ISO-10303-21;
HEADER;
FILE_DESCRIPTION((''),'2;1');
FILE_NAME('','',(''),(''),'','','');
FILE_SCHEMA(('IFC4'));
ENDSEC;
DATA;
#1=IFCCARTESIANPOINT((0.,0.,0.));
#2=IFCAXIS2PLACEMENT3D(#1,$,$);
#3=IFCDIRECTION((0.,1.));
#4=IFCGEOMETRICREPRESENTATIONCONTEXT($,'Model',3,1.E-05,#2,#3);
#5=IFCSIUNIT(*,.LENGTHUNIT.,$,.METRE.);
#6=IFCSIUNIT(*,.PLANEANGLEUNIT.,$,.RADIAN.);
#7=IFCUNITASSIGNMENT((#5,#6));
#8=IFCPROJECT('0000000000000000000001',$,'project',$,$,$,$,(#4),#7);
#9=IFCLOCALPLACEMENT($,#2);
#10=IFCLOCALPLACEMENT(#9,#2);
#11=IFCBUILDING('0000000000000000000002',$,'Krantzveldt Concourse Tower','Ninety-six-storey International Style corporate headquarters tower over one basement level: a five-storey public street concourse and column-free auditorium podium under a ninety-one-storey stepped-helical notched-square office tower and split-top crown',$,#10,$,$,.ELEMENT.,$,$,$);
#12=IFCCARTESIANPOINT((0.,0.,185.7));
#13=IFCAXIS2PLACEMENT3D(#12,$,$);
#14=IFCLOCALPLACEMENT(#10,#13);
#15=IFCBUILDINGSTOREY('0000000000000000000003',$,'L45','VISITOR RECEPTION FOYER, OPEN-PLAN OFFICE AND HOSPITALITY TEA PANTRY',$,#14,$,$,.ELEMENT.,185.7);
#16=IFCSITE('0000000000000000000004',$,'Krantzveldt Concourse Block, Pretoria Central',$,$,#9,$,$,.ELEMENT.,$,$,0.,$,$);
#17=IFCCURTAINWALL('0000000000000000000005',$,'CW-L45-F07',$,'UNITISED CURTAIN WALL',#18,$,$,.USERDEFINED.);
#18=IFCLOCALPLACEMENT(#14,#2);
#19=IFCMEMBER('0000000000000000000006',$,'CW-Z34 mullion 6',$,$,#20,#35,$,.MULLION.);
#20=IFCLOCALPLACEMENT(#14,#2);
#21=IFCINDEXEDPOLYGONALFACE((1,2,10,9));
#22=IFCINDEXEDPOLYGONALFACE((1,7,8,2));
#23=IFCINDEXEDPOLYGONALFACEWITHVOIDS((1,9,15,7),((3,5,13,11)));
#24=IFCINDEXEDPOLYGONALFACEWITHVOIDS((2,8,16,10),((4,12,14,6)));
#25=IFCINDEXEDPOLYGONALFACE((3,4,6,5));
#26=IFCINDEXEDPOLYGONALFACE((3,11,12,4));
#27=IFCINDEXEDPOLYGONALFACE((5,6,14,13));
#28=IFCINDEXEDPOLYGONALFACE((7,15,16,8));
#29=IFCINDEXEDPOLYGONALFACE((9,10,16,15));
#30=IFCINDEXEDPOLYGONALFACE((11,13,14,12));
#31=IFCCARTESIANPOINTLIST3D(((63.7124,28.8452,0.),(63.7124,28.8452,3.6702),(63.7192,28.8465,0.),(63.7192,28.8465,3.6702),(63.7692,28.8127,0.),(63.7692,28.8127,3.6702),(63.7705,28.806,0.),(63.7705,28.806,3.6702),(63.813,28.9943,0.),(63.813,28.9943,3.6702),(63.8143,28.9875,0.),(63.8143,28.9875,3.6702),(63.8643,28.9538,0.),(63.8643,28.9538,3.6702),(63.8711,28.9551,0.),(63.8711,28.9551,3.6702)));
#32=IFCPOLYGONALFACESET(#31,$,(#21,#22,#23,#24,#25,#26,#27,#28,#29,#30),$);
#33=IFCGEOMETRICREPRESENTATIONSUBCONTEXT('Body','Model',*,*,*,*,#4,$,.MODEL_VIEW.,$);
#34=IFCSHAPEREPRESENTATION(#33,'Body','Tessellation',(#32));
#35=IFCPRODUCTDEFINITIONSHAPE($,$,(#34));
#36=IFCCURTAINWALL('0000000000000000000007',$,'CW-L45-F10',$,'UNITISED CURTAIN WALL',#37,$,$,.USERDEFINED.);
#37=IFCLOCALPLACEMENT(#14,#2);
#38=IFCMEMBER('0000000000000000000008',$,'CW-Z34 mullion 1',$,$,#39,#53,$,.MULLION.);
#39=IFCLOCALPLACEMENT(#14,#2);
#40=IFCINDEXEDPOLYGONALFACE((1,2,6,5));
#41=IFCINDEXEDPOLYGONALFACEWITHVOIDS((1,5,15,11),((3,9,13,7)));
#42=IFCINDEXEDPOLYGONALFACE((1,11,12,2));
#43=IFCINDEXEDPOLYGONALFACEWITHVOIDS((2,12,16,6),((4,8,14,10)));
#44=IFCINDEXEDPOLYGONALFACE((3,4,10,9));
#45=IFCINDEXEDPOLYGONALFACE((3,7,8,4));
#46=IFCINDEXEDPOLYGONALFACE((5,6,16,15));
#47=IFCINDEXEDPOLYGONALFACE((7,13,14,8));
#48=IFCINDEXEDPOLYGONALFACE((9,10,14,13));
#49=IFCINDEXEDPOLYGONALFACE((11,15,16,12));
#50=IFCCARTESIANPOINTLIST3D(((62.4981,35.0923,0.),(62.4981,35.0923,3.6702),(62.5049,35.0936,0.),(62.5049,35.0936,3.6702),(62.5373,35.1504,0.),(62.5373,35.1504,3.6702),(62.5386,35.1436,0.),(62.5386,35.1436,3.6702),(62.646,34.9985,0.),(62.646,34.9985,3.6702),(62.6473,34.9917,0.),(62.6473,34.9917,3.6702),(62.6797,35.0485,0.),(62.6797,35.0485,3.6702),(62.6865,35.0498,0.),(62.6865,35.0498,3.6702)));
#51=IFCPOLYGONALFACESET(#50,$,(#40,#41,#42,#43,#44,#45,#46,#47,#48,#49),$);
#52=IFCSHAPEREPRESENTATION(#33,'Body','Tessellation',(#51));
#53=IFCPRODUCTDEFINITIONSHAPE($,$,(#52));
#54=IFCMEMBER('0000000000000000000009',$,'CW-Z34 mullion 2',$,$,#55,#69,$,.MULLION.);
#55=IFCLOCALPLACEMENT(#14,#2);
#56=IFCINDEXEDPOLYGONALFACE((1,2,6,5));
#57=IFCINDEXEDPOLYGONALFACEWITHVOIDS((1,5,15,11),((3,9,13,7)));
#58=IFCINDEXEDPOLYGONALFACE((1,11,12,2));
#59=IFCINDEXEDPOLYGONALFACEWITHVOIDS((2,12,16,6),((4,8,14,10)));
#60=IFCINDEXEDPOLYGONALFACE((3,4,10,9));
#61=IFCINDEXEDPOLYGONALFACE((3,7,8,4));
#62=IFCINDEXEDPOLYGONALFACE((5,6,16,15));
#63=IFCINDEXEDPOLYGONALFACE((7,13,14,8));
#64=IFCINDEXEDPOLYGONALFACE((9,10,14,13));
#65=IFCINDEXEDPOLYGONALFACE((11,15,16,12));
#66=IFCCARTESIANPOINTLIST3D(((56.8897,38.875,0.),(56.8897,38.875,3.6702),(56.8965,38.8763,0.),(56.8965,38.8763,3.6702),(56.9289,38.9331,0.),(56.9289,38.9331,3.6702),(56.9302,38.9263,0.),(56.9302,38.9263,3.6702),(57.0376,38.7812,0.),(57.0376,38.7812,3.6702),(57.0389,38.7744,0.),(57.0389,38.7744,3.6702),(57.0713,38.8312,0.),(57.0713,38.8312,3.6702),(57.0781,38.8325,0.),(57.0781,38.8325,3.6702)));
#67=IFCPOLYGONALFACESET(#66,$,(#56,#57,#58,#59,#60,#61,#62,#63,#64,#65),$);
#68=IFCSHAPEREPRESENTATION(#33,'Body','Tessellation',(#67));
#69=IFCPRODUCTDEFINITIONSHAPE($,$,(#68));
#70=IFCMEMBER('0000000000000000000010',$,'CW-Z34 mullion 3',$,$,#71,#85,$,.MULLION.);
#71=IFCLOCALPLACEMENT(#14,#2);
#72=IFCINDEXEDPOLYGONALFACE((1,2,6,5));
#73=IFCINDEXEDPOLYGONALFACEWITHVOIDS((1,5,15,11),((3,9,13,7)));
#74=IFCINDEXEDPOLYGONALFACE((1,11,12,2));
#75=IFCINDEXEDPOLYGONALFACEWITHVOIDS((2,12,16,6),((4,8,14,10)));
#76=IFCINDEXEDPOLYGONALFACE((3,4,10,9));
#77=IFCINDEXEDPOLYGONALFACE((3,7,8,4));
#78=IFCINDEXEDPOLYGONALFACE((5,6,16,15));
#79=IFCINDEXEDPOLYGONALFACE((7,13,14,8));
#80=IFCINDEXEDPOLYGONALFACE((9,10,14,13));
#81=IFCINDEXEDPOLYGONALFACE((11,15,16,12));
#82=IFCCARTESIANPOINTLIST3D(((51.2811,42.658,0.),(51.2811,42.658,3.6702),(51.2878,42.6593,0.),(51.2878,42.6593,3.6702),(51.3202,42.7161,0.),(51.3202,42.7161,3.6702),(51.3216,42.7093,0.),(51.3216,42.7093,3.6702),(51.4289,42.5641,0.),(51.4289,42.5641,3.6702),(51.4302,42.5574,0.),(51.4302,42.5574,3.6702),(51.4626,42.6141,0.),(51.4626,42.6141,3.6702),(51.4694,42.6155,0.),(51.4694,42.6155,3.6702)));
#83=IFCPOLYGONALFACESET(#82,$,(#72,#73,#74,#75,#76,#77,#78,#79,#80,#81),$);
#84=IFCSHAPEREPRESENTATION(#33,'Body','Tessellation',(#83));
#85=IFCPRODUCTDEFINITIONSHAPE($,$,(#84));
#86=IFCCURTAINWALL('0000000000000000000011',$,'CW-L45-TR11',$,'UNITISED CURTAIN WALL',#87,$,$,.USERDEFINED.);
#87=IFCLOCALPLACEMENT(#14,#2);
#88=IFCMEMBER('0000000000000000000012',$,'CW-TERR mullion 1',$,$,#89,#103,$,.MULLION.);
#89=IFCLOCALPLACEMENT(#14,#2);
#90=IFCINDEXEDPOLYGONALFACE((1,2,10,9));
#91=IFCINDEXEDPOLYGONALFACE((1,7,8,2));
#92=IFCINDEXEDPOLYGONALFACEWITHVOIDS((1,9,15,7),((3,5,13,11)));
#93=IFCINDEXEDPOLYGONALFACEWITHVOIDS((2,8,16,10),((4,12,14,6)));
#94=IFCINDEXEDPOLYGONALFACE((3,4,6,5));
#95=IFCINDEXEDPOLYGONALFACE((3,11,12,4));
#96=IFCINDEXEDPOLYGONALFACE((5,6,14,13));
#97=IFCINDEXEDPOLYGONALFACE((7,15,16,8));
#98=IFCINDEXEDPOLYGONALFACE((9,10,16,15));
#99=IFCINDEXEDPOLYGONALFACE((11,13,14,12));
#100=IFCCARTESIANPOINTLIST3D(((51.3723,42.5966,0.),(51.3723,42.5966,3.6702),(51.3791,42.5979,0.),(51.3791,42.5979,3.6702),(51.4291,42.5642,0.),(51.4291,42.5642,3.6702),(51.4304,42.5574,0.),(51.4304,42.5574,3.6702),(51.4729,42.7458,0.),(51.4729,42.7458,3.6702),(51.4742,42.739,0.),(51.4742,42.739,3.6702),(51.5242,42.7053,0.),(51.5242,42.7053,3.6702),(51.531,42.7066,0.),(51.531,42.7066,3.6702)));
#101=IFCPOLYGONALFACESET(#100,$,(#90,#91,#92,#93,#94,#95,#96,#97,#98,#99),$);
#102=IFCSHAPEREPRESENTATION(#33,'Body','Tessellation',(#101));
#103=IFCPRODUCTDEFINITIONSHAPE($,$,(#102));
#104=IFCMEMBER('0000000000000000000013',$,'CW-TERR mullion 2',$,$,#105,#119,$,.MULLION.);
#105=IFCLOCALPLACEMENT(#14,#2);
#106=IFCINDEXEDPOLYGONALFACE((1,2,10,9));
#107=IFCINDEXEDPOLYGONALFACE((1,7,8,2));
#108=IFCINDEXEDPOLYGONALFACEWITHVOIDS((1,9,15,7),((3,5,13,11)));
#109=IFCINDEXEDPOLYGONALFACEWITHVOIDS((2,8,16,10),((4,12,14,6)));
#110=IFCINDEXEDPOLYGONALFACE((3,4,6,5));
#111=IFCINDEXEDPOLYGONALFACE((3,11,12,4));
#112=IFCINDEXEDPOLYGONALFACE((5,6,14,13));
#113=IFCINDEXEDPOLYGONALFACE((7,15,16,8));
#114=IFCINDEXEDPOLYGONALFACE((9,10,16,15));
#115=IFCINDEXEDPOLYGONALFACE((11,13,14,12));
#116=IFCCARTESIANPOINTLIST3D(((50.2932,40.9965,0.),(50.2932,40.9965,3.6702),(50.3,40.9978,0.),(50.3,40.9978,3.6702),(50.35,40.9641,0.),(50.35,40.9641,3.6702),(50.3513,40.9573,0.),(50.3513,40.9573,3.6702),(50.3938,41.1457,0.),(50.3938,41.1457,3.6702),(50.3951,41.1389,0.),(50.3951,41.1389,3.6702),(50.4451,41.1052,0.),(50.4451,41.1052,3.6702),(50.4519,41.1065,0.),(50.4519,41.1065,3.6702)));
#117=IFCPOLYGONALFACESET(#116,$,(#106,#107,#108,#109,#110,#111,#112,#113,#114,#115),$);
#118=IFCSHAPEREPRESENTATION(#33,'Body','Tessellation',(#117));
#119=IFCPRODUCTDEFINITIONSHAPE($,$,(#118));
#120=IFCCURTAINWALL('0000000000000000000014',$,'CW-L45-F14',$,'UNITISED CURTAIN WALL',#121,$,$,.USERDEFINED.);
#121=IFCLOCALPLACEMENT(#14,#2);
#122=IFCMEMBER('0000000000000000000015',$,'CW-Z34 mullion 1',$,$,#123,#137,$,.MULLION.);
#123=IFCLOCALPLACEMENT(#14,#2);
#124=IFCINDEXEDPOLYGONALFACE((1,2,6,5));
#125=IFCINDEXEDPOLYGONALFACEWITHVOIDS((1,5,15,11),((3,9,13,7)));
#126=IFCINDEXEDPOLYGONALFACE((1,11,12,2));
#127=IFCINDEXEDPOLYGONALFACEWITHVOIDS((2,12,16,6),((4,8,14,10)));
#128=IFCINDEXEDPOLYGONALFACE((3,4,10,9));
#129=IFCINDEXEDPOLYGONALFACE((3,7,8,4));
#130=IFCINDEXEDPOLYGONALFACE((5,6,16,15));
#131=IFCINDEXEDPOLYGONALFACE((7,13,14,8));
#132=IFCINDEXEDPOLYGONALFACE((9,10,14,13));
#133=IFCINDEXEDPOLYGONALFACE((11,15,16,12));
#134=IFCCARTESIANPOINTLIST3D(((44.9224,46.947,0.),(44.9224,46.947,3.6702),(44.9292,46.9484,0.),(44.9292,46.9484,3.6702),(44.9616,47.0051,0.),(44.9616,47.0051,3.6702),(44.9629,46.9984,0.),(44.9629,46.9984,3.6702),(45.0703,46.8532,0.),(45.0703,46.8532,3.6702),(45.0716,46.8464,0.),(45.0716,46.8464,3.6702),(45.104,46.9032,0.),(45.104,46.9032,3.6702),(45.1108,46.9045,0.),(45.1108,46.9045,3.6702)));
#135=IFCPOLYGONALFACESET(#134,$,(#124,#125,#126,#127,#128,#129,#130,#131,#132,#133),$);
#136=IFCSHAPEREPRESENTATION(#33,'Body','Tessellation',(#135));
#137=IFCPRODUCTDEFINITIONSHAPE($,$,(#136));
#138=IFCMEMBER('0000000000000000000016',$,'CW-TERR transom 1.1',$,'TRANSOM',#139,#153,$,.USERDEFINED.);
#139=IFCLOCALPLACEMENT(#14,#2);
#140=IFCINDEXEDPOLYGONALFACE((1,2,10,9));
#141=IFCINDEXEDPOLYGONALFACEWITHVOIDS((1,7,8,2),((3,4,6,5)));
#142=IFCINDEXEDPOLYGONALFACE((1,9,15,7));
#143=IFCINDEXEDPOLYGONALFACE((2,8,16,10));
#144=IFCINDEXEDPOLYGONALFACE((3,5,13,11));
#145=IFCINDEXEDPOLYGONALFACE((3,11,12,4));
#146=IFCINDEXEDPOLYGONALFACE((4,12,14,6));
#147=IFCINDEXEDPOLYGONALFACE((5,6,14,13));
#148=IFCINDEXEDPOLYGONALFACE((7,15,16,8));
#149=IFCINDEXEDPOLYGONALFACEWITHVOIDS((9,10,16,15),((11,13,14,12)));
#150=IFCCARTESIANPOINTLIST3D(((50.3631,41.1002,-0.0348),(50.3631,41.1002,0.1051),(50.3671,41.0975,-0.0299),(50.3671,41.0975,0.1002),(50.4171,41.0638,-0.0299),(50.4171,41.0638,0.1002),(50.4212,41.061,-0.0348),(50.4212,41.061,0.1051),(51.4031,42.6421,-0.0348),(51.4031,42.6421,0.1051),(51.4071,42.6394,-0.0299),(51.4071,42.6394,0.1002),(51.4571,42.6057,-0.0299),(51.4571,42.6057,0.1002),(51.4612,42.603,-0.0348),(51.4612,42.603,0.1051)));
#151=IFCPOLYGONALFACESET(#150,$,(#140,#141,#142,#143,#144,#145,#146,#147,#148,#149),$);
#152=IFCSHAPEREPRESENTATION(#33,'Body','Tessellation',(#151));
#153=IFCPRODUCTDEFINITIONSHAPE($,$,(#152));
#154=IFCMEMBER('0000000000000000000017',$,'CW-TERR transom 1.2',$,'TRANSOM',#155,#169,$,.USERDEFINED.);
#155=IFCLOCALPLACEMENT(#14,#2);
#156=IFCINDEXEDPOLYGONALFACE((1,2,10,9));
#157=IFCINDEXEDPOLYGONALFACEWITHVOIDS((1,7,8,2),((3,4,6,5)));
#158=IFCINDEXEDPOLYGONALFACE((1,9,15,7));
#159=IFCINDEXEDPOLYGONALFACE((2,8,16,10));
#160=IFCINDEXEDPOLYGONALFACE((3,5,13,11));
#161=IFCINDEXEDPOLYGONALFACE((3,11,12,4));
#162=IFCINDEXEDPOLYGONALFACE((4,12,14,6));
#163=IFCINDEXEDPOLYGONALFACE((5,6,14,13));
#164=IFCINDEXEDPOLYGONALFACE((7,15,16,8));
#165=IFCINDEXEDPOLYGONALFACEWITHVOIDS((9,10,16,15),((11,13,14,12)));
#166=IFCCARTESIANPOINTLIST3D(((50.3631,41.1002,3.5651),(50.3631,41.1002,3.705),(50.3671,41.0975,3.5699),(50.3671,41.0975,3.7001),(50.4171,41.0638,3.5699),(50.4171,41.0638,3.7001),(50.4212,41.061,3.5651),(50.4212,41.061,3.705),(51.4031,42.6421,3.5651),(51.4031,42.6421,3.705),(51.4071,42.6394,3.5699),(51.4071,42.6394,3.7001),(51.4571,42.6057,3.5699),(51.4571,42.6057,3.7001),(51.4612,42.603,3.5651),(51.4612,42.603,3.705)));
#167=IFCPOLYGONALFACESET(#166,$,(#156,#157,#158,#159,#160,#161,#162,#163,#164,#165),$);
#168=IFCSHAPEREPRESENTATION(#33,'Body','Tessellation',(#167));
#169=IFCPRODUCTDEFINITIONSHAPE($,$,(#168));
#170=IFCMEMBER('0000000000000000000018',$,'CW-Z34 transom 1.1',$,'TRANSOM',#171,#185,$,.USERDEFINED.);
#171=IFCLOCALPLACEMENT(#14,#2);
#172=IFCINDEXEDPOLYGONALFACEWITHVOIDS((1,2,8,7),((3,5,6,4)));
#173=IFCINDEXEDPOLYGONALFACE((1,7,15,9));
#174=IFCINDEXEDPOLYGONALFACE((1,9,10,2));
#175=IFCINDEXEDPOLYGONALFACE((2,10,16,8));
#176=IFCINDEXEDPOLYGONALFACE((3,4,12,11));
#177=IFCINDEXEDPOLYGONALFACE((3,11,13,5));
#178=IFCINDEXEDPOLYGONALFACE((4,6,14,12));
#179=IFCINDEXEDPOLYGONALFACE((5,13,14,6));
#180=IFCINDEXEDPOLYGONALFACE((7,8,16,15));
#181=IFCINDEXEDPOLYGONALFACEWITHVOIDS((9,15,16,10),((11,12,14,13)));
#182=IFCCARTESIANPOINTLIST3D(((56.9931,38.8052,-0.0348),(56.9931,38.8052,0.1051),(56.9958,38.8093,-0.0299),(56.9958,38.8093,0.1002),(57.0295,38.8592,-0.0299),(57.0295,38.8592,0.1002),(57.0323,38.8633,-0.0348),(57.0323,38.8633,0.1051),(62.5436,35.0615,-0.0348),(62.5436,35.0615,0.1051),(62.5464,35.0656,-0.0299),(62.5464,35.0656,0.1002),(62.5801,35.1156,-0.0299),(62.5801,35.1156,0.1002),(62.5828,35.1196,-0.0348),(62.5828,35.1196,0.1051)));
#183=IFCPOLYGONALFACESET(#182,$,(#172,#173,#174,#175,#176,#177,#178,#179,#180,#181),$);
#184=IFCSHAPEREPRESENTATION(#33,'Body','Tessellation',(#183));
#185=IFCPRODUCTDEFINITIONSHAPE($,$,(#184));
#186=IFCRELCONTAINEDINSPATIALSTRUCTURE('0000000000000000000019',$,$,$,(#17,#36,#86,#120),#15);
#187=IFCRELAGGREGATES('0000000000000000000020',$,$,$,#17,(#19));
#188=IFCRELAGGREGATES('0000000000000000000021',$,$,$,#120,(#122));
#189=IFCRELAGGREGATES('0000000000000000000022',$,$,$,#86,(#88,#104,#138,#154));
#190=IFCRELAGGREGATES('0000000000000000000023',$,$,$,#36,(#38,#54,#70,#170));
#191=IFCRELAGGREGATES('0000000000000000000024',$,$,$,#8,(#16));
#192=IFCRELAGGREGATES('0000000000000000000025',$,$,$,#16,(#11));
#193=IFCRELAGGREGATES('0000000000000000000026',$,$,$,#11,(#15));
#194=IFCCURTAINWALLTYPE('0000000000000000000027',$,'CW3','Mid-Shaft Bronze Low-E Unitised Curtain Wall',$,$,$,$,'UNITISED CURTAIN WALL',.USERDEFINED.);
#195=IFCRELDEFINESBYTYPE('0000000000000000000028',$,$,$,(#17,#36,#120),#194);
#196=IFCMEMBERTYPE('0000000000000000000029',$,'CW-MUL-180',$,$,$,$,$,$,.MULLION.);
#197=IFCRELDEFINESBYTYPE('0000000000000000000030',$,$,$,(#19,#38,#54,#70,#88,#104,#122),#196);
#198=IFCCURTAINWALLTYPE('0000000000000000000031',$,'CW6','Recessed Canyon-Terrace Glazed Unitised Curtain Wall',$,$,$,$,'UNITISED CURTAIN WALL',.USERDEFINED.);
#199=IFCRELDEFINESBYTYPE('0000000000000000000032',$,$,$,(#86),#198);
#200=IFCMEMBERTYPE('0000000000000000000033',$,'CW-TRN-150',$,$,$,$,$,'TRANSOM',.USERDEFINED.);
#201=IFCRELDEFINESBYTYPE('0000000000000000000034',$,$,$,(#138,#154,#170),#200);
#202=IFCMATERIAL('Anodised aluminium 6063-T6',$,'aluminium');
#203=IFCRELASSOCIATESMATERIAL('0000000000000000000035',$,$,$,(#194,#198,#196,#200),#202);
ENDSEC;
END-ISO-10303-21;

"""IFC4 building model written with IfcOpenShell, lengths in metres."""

from ifc_helpers import new_model, si_unit, direction, frame, origin, origin_2d, place, context, subcontext, project, spatial, hollow_rectangle, extrude, source, transform, mapped, material, material_profile, profile_set, type_object, type_shapes, element, aggregate, save


model = new_model("IFC4")

# Units and contexts
model_context = context("Model", 3, precision=1e-05, world=origin(), true_north=direction((0.0, 1.0)))
body_context = subcontext(model_context, "Body", "Model", "MODEL_VIEW")
ifc_project = project(units=[si_unit("LENGTHUNIT", "METRE"), si_unit("PLANEANGLEUNIT", "RADIAN")], contexts=[model_context])

# Site, building, storey
site_placement = place(None, origin())
site = spatial("IfcSite", under=ifc_project, at=site_placement, Name="Krantzveldt Concourse Block, Pretoria Central", CompositionType="ELEMENT", RefElevation=0.0)
building_placement = place(site_placement, origin())
building = spatial("IfcBuilding", under=site, at=building_placement, Name="Krantzveldt Concourse Tower", Description="Ninety-six-storey International Style corporate headquarters tower over one basement level: a five-storey public street concourse and column-free auditorium podium under a ninety-one-storey stepped-helical notched-square office tower and split-top crown", CompositionType="ELEMENT")
storey_placement = place(building_placement, frame((0.0, 0.0, 185.7)))
storey = spatial("IfcBuildingStorey", under=building, at=storey_placement, Name="L45", Description="VISITOR RECEPTION FOYER, OPEN-PLAN OFFICE AND HOSPITALITY TEA PANTRY", CompositionType="ELEMENT", Elevation=185.7)

# Curtain wall, member
ifc_material_1 = material(Name="Anodised aluminium 6063-T6", Category="aluminium")
curtain_wall_type_1 = type_object("IfcCurtainWallType", Name="CW3", Description="Mid-Shaft Bronze Low-E Unitised Curtain Wall", ElementType="UNITISED CURTAIN WALL", PredefinedType="USERDEFINED", material=ifc_material_1)
curtain_wall_1_placement = place(storey_placement, origin())
curtain_wall_1 = element("IfcCurtainWall", 1, at=curtain_wall_1_placement, inside=storey, type_object=curtain_wall_type_1, Name="CW-L45-F07", ObjectType="UNITISED CURTAIN WALL", PredefinedType="USERDEFINED")
ifc_material_profile_1 = material_profile(ifc_material_1, hollow_rectangle(XDim=0.0701, YDim=0.1799, WallThickness=0.0049, at=origin_2d()), Name="Anodised aluminium 6063-T6", Category="aluminium")
ifc_profile_set_1 = profile_set([ifc_material_profile_1], Name="Anodised aluminium 6063-T6 - ALU-MULL 180x70x5")
member_type_1 = type_object("IfcMemberType", Name="CW-MUL-180", PredefinedType="MULLION", material=ifc_profile_set_1)
shared_shape_1 = source(origin(), body_context, "Body", "SweptSolid", [
    extrude(hollow_rectangle(XDim=0.0701, YDim=0.1799, WallThickness=0.0049, at=origin_2d()), origin(), (0.0, 0.0, 1.0), 3.6702),
])
type_shapes(member_type_1, [shared_shape_1])
member_1_placement = place(storey_placement, frame((63.7917, 28.9001, 0.0), z_axis=(0.0, 0.0, 1.0), x_axis=(-0.829038, 0.559193, 0.0)))
member_1 = element("IfcMember", 2, at=member_1_placement, type_object=member_type_1, Name="CW-Z34 mullion 6", PredefinedType="MULLION", context=body_context, shape_type="MappedRepresentation", body=[
    mapped(shared_shape_1, transform((0.0, 0.0, 0.0), x_axis=(1.0, 0.0, 0.0), y_axis=(0.0, 1.0, 0.0), z_axis=(0.0, 0.0, 1.0), scale=1.0)),
])
aggregate(curtain_wall_1, [member_1])

# Curtain walls, members
curtain_wall_2_placement = place(storey_placement, origin())
curtain_wall_2 = element("IfcCurtainWall", 3, at=curtain_wall_2_placement, inside=storey, type_object=curtain_wall_type_1, Name="CW-L45-F10", ObjectType="UNITISED CURTAIN WALL", PredefinedType="USERDEFINED")
member_2_placement = place(storey_placement, frame((62.5923, 35.071, 0.0), z_axis=(0.0, 0.0, 1.0), x_axis=(-0.559193, -0.829038, 0.0)))
member_2 = element("IfcMember", 4, at=member_2_placement, type_object=member_type_1, Name="CW-Z34 mullion 1", PredefinedType="MULLION", context=body_context, shape_type="MappedRepresentation", body=[
    mapped(shared_shape_1, transform((0.0, 0.0, 0.0), x_axis=(1.0, 0.0, 0.0), y_axis=(0.0, 1.0, 0.0), z_axis=(0.0, 0.0, 1.0), scale=1.0)),
])
member_3_placement = place(storey_placement, frame((56.9839, 38.8538, 0.0), z_axis=(0.0, 0.0, 1.0), x_axis=(-0.559193, -0.829038, 0.0)))
member_3 = element("IfcMember", 5, at=member_3_placement, type_object=member_type_1, Name="CW-Z34 mullion 2", PredefinedType="MULLION", context=body_context, shape_type="MappedRepresentation", body=[
    mapped(shared_shape_1, transform((0.0, 0.0, 0.0), x_axis=(1.0, 0.0, 0.0), y_axis=(0.0, 1.0, 0.0), z_axis=(0.0, 0.0, 1.0), scale=1.0)),
])
member_4_placement = place(storey_placement, frame((51.3752, 42.6367, 0.0), z_axis=(0.0, 0.0, 1.0), x_axis=(-0.559193, -0.829038, 0.0)))
member_4 = element("IfcMember", 6, at=member_4_placement, type_object=member_type_1, Name="CW-Z34 mullion 3", PredefinedType="MULLION", context=body_context, shape_type="MappedRepresentation", body=[
    mapped(shared_shape_1, transform((0.0, 0.0, 0.0), x_axis=(1.0, 0.0, 0.0), y_axis=(0.0, 1.0, 0.0), z_axis=(0.0, 0.0, 1.0), scale=1.0)),
])
curtain_wall_type_2 = type_object("IfcCurtainWallType", Name="CW6", Description="Recessed Canyon-Terrace Glazed Unitised Curtain Wall", ElementType="UNITISED CURTAIN WALL", PredefinedType="USERDEFINED", material=ifc_material_1)
curtain_wall_3_placement = place(storey_placement, origin())
curtain_wall_3 = element("IfcCurtainWall", 7, at=curtain_wall_3_placement, inside=storey, type_object=curtain_wall_type_2, Name="CW-L45-TR11", ObjectType="UNITISED CURTAIN WALL", PredefinedType="USERDEFINED")
member_5_placement = place(storey_placement, frame((51.4517, 42.6516, 0.0), z_axis=(0.0, 0.0, 1.0), x_axis=(0.829037, -0.559193, 0.0)))
member_5 = element("IfcMember", 8, at=member_5_placement, type_object=member_type_1, Name="CW-TERR mullion 1", PredefinedType="MULLION", context=body_context, shape_type="MappedRepresentation", body=[
    mapped(shared_shape_1, transform((0.0, 0.0, 0.0), x_axis=(1.0, 0.0, 0.0), y_axis=(0.0, 1.0, 0.0), z_axis=(0.0, 0.0, 1.0), scale=1.0)),
])
member_6_placement = place(storey_placement, frame((50.3726, 41.0515, 0.0), z_axis=(0.0, 0.0, 1.0), x_axis=(0.829037, -0.559193, 0.0)))
member_6 = element("IfcMember", 9, at=member_6_placement, type_object=member_type_1, Name="CW-TERR mullion 2", PredefinedType="MULLION", context=body_context, shape_type="MappedRepresentation", body=[
    mapped(shared_shape_1, transform((0.0, 0.0, 0.0), x_axis=(1.0, 0.0, 0.0), y_axis=(0.0, 1.0, 0.0), z_axis=(0.0, 0.0, 1.0), scale=1.0)),
])

# Curtain wall, member
curtain_wall_4_placement = place(storey_placement, origin())
curtain_wall_4 = element("IfcCurtainWall", 10, at=curtain_wall_4_placement, inside=storey, type_object=curtain_wall_type_1, Name="CW-L45-F14", ObjectType="UNITISED CURTAIN WALL", PredefinedType="USERDEFINED")
member_7_placement = place(storey_placement, frame((45.0166, 46.9258, 0.0), z_axis=(0.0, 0.0, 1.0), x_axis=(-0.559193, -0.829038, 0.0)))
member_7 = element("IfcMember", 11, at=member_7_placement, type_object=member_type_1, Name="CW-Z34 mullion 1", PredefinedType="MULLION", context=body_context, shape_type="MappedRepresentation", body=[
    mapped(shared_shape_1, transform((0.0, 0.0, 0.0), x_axis=(1.0, 0.0, 0.0), y_axis=(0.0, 1.0, 0.0), z_axis=(0.0, 0.0, 1.0), scale=1.0)),
])
aggregate(curtain_wall_4, [member_7])

# Members
ifc_material_profile_2 = material_profile(ifc_material_1, hollow_rectangle(XDim=0.0701, YDim=0.1399, WallThickness=0.0049, at=origin_2d()), Name="Anodised aluminium 6063-T6", Category="aluminium")
ifc_profile_set_2 = profile_set([ifc_material_profile_2], Name="Anodised aluminium 6063-T6 - ALU-TRAN 140x70x5")
member_type_2 = type_object("IfcMemberType", Name="CW-TRN-150", ElementType="TRANSOM", PredefinedType="USERDEFINED", material=ifc_profile_set_2)
shared_shape_2 = source(origin(), body_context, "Body", "SweptSolid", [
    extrude(hollow_rectangle(XDim=0.0701, YDim=0.1399, WallThickness=0.0049, at=origin_2d()), origin(), (0.0, 0.0, 1.0), 1.8599),
])
member_8_placement = place(storey_placement, frame((51.4321, 42.6226, 0.0352), z_axis=(-0.559175, -0.829049, 0.0), x_axis=(0.829049, -0.559175, 0.0)))
member_8 = element("IfcMember", 12, at=member_8_placement, type_object=member_type_2, Name="CW-TERR transom 1.1", ObjectType="TRANSOM", PredefinedType="USERDEFINED", context=body_context, shape_type="MappedRepresentation", body=[
    mapped(shared_shape_2, transform((0.0, 0.0, 0.0), x_axis=(1.0, 0.0, 0.0), y_axis=(0.0, 1.0, 0.0), z_axis=(0.0, 0.0, 1.0), scale=1.0)),
])
member_9_placement = place(storey_placement, frame((51.4321, 42.6226, 3.635), z_axis=(-0.559175, -0.829049, 0.0), x_axis=(0.829049, -0.559175, 0.0)))
member_9 = element("IfcMember", 13, at=member_9_placement, type_object=member_type_2, Name="CW-TERR transom 1.2", ObjectType="TRANSOM", PredefinedType="USERDEFINED", context=body_context, shape_type="MappedRepresentation", body=[
    mapped(shared_shape_2, transform((0.0, 0.0, 0.0), x_axis=(1.0, 0.0, 0.0), y_axis=(0.0, 1.0, 0.0), z_axis=(0.0, 0.0, 1.0), scale=1.0)),
])
shared_shape_3 = source(origin(), body_context, "Body", "SweptSolid", [
    extrude(hollow_rectangle(XDim=0.0701, YDim=0.1399, WallThickness=0.0049, at=origin_2d()), origin(), (0.0, 0.0, 1.0), 6.6951),
])
type_shapes(member_type_2, [shared_shape_2, shared_shape_3])
member_10_placement = place(storey_placement, frame((62.5632, 35.0906, 0.0352), z_axis=(-0.829054, 0.559169, 0.0), x_axis=(-0.559169, -0.829054, 0.0)))
member_10 = element("IfcMember", 14, at=member_10_placement, type_object=member_type_2, Name="CW-Z34 transom 1.1", ObjectType="TRANSOM", PredefinedType="USERDEFINED", context=body_context, shape_type="MappedRepresentation", body=[
    mapped(shared_shape_3, transform((0.0, 0.0, 0.0), x_axis=(1.0, 0.0, 0.0), y_axis=(0.0, 1.0, 0.0), z_axis=(0.0, 0.0, 1.0), scale=1.0)),
])

aggregate(curtain_wall_3, [member_5, member_6, member_8, member_9])
aggregate(curtain_wall_2, [member_2, member_3, member_4, member_10])

save(model, "model.ifc")
